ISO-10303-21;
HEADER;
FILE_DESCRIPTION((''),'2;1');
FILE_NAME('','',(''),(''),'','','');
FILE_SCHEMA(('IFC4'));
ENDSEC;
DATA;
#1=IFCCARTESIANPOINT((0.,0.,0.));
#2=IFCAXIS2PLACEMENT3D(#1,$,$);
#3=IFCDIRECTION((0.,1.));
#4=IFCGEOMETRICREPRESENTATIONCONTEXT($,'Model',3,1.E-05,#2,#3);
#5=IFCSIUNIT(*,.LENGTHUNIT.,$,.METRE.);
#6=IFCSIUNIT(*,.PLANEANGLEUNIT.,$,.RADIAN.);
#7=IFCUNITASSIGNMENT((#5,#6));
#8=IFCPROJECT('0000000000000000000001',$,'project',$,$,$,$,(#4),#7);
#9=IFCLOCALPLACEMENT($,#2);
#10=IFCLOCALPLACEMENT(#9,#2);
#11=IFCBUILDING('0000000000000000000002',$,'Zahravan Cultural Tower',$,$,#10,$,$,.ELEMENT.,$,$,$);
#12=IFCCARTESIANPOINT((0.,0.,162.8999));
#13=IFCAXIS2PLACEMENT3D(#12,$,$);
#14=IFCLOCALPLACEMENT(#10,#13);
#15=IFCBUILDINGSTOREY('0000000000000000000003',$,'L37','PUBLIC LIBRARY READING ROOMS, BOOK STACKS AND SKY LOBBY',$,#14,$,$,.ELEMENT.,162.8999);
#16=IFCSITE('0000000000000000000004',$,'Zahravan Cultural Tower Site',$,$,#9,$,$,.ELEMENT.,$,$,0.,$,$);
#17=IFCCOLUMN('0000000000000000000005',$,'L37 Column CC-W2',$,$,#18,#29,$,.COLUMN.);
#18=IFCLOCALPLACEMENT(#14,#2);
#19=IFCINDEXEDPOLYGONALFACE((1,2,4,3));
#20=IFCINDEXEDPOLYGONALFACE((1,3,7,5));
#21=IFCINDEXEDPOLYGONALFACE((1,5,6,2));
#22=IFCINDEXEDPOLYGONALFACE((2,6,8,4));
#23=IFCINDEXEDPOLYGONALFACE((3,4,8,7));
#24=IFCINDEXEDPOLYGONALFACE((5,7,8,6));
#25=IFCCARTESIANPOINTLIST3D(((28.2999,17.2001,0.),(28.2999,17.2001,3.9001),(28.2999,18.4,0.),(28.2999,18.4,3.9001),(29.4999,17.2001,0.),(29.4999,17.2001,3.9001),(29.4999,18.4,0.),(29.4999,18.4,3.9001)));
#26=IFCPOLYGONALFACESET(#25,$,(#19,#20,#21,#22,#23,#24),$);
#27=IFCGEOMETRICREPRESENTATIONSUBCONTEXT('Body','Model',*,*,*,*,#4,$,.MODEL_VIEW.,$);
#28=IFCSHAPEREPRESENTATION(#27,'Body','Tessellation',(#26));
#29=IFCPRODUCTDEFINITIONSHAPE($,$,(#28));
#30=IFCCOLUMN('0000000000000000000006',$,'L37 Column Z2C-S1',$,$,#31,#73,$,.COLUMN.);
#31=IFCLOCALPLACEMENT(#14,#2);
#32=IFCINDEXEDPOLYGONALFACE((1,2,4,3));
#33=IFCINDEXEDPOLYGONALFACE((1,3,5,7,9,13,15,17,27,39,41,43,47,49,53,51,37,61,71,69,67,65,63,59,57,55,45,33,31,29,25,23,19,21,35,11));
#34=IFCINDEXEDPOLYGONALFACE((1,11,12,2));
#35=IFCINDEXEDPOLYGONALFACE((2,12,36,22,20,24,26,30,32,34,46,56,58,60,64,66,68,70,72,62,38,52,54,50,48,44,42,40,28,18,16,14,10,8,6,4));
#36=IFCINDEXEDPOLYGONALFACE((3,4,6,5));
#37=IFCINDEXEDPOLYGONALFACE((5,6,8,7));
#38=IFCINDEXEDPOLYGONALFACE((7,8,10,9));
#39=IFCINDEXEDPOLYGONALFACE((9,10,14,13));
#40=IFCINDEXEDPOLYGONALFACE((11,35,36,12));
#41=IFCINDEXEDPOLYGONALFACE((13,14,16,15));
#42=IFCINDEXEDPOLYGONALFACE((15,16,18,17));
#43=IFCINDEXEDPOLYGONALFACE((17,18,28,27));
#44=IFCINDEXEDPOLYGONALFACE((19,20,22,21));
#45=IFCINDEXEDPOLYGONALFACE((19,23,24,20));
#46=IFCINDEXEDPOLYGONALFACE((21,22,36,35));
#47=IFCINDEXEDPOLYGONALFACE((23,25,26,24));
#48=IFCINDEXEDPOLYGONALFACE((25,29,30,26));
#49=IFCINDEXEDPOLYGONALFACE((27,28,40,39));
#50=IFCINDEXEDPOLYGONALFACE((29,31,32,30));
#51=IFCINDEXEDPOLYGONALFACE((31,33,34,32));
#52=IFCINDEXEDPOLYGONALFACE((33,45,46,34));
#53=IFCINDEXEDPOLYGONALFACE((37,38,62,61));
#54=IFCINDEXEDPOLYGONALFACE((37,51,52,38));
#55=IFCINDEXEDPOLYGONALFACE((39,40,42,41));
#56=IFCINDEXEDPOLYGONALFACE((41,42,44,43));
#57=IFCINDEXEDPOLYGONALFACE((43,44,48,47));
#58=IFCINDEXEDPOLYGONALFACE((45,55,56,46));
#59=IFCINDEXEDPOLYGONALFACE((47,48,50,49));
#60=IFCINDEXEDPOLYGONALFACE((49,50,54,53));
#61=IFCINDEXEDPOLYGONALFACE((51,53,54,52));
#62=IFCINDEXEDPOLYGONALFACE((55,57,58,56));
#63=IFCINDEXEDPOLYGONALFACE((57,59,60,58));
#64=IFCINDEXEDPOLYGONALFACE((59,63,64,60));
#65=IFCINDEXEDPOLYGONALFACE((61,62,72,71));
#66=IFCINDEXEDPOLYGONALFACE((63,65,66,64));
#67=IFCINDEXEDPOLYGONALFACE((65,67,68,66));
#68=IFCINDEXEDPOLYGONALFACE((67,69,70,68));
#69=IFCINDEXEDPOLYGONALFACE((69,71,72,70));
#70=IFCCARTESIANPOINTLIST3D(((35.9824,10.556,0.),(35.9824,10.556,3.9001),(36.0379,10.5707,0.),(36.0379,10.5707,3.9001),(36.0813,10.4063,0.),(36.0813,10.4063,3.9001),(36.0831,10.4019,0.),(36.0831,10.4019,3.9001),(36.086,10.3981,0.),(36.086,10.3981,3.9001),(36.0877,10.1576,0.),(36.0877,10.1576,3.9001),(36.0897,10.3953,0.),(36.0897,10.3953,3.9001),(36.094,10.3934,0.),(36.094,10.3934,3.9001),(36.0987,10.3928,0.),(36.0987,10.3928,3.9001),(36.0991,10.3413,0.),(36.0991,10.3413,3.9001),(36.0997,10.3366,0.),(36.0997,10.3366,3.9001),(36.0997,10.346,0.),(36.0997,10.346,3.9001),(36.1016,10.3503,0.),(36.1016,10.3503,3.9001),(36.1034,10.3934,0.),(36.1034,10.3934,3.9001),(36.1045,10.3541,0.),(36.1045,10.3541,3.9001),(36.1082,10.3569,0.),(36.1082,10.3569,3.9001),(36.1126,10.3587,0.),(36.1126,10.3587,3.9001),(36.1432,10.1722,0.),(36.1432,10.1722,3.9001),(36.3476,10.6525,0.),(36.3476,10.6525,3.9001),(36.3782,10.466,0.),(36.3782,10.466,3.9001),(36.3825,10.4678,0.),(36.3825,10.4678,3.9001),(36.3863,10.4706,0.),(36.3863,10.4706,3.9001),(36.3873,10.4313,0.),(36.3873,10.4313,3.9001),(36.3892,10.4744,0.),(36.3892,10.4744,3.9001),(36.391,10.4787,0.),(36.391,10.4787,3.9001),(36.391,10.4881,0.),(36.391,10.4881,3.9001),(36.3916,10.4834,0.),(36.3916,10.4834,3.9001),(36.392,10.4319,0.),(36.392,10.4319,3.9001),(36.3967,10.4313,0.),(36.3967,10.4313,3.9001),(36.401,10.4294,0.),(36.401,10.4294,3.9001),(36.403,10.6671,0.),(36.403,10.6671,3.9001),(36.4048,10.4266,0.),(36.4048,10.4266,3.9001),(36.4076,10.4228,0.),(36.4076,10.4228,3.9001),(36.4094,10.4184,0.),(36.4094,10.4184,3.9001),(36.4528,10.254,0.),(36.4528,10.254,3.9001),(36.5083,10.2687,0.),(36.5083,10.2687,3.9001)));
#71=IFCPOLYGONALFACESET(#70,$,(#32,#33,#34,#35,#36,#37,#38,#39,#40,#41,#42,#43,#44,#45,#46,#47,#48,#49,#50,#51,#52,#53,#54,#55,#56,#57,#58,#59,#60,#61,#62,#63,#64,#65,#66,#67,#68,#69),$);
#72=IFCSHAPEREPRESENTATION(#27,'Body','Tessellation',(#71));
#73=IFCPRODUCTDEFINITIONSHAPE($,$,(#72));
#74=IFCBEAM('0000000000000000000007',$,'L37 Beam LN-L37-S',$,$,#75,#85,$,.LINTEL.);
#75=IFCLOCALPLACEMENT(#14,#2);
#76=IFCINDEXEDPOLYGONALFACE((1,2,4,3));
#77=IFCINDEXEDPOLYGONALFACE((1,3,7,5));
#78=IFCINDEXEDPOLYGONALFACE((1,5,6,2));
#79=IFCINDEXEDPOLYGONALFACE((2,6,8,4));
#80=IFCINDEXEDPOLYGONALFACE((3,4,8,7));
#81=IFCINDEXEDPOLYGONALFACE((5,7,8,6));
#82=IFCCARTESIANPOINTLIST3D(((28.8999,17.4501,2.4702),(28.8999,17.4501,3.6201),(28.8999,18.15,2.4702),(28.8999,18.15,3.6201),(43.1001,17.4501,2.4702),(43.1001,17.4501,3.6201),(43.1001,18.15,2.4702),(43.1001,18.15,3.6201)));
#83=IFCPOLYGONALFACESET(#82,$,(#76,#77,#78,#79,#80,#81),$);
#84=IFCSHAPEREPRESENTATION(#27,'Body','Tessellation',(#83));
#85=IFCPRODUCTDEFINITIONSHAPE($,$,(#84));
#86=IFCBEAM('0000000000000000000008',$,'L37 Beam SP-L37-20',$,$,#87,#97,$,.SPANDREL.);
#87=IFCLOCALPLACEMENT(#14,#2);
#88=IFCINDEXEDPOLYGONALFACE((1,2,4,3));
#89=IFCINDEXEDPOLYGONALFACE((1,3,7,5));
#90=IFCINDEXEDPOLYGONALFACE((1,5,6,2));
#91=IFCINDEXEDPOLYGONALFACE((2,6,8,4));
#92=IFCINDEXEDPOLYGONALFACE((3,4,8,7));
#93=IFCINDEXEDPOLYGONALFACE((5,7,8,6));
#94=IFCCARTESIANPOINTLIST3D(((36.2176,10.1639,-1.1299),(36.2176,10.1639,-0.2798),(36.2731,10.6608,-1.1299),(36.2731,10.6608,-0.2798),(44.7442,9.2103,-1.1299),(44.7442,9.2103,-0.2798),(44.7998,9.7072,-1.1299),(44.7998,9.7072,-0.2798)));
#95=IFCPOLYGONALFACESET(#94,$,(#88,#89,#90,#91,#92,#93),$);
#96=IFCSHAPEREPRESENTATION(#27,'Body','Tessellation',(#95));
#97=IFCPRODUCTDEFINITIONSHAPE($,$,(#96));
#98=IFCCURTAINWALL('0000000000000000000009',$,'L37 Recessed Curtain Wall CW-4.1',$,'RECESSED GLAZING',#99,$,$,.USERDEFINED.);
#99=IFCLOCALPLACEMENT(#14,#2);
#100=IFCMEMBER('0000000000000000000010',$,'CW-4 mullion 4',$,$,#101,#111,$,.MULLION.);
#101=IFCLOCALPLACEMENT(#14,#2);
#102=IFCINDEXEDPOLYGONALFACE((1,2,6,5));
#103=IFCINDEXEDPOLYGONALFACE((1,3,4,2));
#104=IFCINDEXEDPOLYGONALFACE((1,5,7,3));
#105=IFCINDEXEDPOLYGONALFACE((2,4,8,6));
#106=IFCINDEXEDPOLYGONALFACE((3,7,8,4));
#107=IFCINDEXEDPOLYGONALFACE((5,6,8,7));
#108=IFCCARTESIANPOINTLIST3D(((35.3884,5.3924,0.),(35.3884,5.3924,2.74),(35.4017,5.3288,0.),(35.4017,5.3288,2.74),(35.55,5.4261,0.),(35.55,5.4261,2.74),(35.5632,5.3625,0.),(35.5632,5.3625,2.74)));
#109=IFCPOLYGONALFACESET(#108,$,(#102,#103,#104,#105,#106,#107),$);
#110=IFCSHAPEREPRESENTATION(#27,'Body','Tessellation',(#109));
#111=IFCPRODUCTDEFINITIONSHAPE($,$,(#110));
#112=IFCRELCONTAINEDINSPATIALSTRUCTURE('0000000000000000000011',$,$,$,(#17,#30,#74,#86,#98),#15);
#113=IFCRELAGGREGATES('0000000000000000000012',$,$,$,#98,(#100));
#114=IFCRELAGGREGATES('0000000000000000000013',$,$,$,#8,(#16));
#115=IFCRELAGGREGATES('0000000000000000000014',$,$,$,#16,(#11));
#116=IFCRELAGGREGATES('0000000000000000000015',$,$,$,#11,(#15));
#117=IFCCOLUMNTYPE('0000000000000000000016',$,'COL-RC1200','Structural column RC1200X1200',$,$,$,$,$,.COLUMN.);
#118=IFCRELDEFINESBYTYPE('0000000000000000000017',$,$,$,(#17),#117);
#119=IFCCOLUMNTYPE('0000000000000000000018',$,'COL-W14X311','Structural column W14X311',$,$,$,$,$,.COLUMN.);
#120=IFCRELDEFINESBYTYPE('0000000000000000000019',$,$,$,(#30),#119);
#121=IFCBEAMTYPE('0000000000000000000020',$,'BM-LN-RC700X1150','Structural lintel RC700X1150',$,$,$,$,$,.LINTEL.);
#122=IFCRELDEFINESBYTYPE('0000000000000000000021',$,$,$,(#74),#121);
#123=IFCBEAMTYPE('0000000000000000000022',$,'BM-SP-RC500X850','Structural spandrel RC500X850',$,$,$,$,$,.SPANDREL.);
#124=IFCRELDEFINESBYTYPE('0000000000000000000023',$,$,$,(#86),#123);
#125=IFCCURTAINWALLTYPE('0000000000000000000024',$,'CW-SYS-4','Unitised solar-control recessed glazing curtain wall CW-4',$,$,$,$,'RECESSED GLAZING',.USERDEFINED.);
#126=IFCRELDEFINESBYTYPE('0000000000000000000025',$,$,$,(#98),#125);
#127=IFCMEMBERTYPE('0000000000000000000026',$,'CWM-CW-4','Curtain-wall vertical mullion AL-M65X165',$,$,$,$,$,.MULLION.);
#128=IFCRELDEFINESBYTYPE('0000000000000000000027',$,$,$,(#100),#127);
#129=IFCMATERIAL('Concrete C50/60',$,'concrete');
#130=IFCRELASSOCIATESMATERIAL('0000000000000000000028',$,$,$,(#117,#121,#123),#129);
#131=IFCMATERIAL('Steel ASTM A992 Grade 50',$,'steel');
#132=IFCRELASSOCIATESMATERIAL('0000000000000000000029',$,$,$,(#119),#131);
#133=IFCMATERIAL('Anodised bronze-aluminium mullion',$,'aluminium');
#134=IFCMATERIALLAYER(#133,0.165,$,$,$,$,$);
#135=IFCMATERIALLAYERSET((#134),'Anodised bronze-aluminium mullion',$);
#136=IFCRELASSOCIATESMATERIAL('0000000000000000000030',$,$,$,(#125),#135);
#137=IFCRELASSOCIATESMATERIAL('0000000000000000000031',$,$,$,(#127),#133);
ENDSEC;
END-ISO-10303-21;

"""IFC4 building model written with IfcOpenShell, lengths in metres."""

from ifc_helpers import new_model, si_unit, direction, frame, origin, origin_2d, place, context, subcontext, project, spatial, rectangle, i_section, extrude, source, transform, mapped, material, layer, layer_set, material_profile, profile_set, type_object, element, aggregate, save


model = new_model("IFC4")

# Units and contexts
model_context = context("Model", 3, precision=1e-05, world=origin(), true_north=direction((0.0, 1.0)))
body_context = subcontext(model_context, "Body", "Model", "MODEL_VIEW")
ifc_project = project(units=[si_unit("LENGTHUNIT", "METRE"), si_unit("PLANEANGLEUNIT", "RADIAN")], contexts=[model_context])

# Site, building, storey
site_placement = place(None, origin())
site = spatial("IfcSite", under=ifc_project, at=site_placement, Name="Zahravan Cultural Tower Site", CompositionType="ELEMENT", RefElevation=0.0)
building_placement = place(site_placement, origin())
building = spatial("IfcBuilding", under=site, at=building_placement, Name="Zahravan Cultural Tower", CompositionType="ELEMENT")
storey_placement = place(building_placement, frame((0.0, 0.0, 162.8999)))
storey = spatial("IfcBuildingStorey", under=building, at=storey_placement, Name="L37", Description="PUBLIC LIBRARY READING ROOMS, BOOK STACKS AND SKY LOBBY", CompositionType="ELEMENT", Elevation=162.8999)

# Columns
ifc_material_1 = material(Name="Concrete C50/60", Category="concrete")
ifc_material_profile_1 = material_profile(ifc_material_1, rectangle(XDim=1.2, YDim=1.2, at=origin_2d()), Name="RC1200X1200")
ifc_profile_set_1 = profile_set([ifc_material_profile_1], Name="Concrete C50/60")
column_type_1 = type_object("IfcColumnType", Name="COL-RC1200", Description="Structural column RC1200X1200", PredefinedType="COLUMN", material=ifc_profile_set_1)
shared_shape_1 = source(origin(), body_context, "Body", "SweptSolid", [
    extrude(rectangle(XDim=1.2, YDim=1.2, at=origin_2d()), origin(), (0.0, 0.0, 1.0), 3.9001),
])
column_1_placement = place(storey_placement, frame((28.8999, 17.8, 0.0), z_axis=(0.0, 0.0, 1.0), x_axis=(1.0, 0.0, 0.0)))
element("IfcColumn", 1, at=column_1_placement, inside=storey, type_object=column_type_1, Name="L37 Column CC-W2", PredefinedType="COLUMN", context=body_context, shape_type="MappedRepresentation", body=[
    mapped(shared_shape_1, transform((0.0, 0.0, 0.0), x_axis=(1.0, 0.0, 0.0), y_axis=(0.0, 1.0, 0.0), z_axis=(0.0, 0.0, 1.0), scale=1.0)),
])
ifc_material_2 = material(Name="Steel ASTM A992 Grade 50", Category="steel")
ifc_material_profile_2 = material_profile(ifc_material_2, i_section(OverallWidth=0.4121, OverallDepth=0.4351, WebThickness=0.0359, FlangeThickness=0.0574, FilletRadius=0.0181, at=origin_2d()), Name="W14X311")
ifc_profile_set_2 = profile_set([ifc_material_profile_2], Name="Steel ASTM A992 Grade 50")
column_type_2 = type_object("IfcColumnType", Name="COL-W14X311", Description="Structural column W14X311", PredefinedType="COLUMN", material=ifc_profile_set_2)
shared_shape_2 = source(origin(), body_context, "Body", "SweptSolid", [
    extrude(i_section(OverallWidth=0.4121, OverallDepth=0.4351, WebThickness=0.0359, FlangeThickness=0.0574, FilletRadius=0.0181, at=origin_2d()), origin(), (0.0, 0.0, 1.0), 3.9001),
])
column_2_placement = place(storey_placement, frame((36.2454, 10.4124, 0.0), z_axis=(0.0, 0.0, 1.0), x_axis=(-0.255446, 0.966823, 0.0)))
element("IfcColumn", 2, at=column_2_placement, inside=storey, type_object=column_type_2, Name="L37 Column Z2C-S1", PredefinedType="COLUMN", context=body_context, shape_type="MappedRepresentation", body=[
    mapped(shared_shape_2, transform((0.0, 0.0, 0.0), x_axis=(1.0, 0.0, 0.0), y_axis=(0.0, 1.0, 0.0), z_axis=(0.0, 0.0, 1.0), scale=1.0)),
])

# Beams
ifc_material_profile_3 = material_profile(ifc_material_1, rectangle(XDim=0.7, YDim=1.1499, at=origin_2d()), Name="RC700X1150")
ifc_profile_set_3 = profile_set([ifc_material_profile_3], Name="Concrete C50/60")
beam_type_1 = type_object("IfcBeamType", Name="BM-LN-RC700X1150", Description="Structural lintel RC700X1150", PredefinedType="LINTEL", material=ifc_profile_set_3)
shared_shape_3 = source(origin(), body_context, "Body", "SweptSolid", [
    extrude(rectangle(XDim=0.7, YDim=1.1499, at=origin_2d()), origin(), (0.0, 0.0, 1.0), 14.2002),
])
beam_1_placement = place(storey_placement, frame((28.8999, 17.8, 3.0452), z_axis=(1.0, 0.0, 0.0), x_axis=(0.0, 1.0, 0.0)))
element("IfcBeam", 3, at=beam_1_placement, inside=storey, type_object=beam_type_1, Name="L37 Beam LN-L37-S", PredefinedType="LINTEL", context=body_context, shape_type="MappedRepresentation", body=[
    mapped(shared_shape_3, transform((0.0, 0.0, 0.0), x_axis=(1.0, 0.0, 0.0), y_axis=(0.0, 1.0, 0.0), z_axis=(0.0, 0.0, 1.0), scale=1.0)),
])
ifc_material_profile_4 = material_profile(ifc_material_1, rectangle(XDim=0.5, YDim=0.8501, at=origin_2d()), Name="RC500X850")
ifc_profile_set_4 = profile_set([ifc_material_profile_4], Name="Concrete C50/60")
beam_type_2 = type_object("IfcBeamType", Name="BM-SP-RC500X850", Description="Structural spandrel RC500X850", PredefinedType="SPANDREL", material=ifc_profile_set_4)
shared_shape_4 = source(origin(), body_context, "Body", "SweptSolid", [
    extrude(rectangle(XDim=0.5, YDim=0.8501, at=origin_2d()), origin(), (0.0, 0.0, 1.0), 8.5798),
])
beam_2_placement = place(storey_placement, frame((36.2454, 10.4124, -0.7048), z_axis=(0.993804, -0.111147, 0.0), x_axis=(0.111147, 0.993804, 0.0)))
element("IfcBeam", 4, at=beam_2_placement, inside=storey, type_object=beam_type_2, Name="L37 Beam SP-L37-20", PredefinedType="SPANDREL", context=body_context, shape_type="MappedRepresentation", body=[
    mapped(shared_shape_4, transform((0.0, 0.0, 0.0), x_axis=(1.0, 0.0, 0.0), y_axis=(0.0, 1.0, 0.0), z_axis=(0.0, 0.0, 1.0), scale=1.0)),
])

# Curtain wall, member
ifc_material_3 = material(Name="Anodised bronze-aluminium mullion", Category="aluminium")
ifc_layer_1 = layer(ifc_material_3, 0.165)
ifc_layer_set_1 = layer_set([ifc_layer_1], Name="Anodised bronze-aluminium mullion")
curtain_wall_type = type_object("IfcCurtainWallType", Name="CW-SYS-4", Description="Unitised solar-control recessed glazing curtain wall CW-4", ElementType="RECESSED GLAZING", PredefinedType="USERDEFINED", material=ifc_layer_set_1)
curtain_wall_placement = place(storey_placement, origin())
curtain_wall = element("IfcCurtainWall", 5, at=curtain_wall_placement, inside=storey, type_object=curtain_wall_type, Name="L37 Recessed Curtain Wall CW-4.1", ObjectType="RECESSED GLAZING", PredefinedType="USERDEFINED")
ifc_material_profile_5 = material_profile(ifc_material_3, rectangle(XDim=0.0649, YDim=0.165, at=origin_2d()), Name="AL-M65X165")
ifc_profile_set_5 = profile_set([ifc_material_profile_5], Name="Anodised bronze-aluminium mullion")
member_type = type_object("IfcMemberType", Name="CWM-CW-4", Description="Curtain-wall vertical mullion AL-M65X165", PredefinedType="MULLION", material=ifc_profile_set_5)
shared_shape_5 = source(origin(), body_context, "Body", "SweptSolid", [
    extrude(rectangle(XDim=0.0649, YDim=0.165, at=origin_2d()), origin(), (0.0, 0.0, 1.0), 2.74),
])
member_placement = place(storey_placement, frame((35.4758, 5.3774, 0.0), z_axis=(0.0, 0.0, 1.0), x_axis=(0.204162, -0.978937, 0.0)))
member = element("IfcMember", 6, at=member_placement, type_object=member_type, Name="CW-4 mullion 4", PredefinedType="MULLION", context=body_context, shape_type="MappedRepresentation", body=[
    mapped(shared_shape_5, transform((0.0, 0.0, 0.0), x_axis=(1.0, 0.0, 0.0), y_axis=(0.0, 1.0, 0.0), z_axis=(0.0, 0.0, 1.0), scale=1.0)),
])
aggregate(curtain_wall, [member])

save(model, "model.ifc")
